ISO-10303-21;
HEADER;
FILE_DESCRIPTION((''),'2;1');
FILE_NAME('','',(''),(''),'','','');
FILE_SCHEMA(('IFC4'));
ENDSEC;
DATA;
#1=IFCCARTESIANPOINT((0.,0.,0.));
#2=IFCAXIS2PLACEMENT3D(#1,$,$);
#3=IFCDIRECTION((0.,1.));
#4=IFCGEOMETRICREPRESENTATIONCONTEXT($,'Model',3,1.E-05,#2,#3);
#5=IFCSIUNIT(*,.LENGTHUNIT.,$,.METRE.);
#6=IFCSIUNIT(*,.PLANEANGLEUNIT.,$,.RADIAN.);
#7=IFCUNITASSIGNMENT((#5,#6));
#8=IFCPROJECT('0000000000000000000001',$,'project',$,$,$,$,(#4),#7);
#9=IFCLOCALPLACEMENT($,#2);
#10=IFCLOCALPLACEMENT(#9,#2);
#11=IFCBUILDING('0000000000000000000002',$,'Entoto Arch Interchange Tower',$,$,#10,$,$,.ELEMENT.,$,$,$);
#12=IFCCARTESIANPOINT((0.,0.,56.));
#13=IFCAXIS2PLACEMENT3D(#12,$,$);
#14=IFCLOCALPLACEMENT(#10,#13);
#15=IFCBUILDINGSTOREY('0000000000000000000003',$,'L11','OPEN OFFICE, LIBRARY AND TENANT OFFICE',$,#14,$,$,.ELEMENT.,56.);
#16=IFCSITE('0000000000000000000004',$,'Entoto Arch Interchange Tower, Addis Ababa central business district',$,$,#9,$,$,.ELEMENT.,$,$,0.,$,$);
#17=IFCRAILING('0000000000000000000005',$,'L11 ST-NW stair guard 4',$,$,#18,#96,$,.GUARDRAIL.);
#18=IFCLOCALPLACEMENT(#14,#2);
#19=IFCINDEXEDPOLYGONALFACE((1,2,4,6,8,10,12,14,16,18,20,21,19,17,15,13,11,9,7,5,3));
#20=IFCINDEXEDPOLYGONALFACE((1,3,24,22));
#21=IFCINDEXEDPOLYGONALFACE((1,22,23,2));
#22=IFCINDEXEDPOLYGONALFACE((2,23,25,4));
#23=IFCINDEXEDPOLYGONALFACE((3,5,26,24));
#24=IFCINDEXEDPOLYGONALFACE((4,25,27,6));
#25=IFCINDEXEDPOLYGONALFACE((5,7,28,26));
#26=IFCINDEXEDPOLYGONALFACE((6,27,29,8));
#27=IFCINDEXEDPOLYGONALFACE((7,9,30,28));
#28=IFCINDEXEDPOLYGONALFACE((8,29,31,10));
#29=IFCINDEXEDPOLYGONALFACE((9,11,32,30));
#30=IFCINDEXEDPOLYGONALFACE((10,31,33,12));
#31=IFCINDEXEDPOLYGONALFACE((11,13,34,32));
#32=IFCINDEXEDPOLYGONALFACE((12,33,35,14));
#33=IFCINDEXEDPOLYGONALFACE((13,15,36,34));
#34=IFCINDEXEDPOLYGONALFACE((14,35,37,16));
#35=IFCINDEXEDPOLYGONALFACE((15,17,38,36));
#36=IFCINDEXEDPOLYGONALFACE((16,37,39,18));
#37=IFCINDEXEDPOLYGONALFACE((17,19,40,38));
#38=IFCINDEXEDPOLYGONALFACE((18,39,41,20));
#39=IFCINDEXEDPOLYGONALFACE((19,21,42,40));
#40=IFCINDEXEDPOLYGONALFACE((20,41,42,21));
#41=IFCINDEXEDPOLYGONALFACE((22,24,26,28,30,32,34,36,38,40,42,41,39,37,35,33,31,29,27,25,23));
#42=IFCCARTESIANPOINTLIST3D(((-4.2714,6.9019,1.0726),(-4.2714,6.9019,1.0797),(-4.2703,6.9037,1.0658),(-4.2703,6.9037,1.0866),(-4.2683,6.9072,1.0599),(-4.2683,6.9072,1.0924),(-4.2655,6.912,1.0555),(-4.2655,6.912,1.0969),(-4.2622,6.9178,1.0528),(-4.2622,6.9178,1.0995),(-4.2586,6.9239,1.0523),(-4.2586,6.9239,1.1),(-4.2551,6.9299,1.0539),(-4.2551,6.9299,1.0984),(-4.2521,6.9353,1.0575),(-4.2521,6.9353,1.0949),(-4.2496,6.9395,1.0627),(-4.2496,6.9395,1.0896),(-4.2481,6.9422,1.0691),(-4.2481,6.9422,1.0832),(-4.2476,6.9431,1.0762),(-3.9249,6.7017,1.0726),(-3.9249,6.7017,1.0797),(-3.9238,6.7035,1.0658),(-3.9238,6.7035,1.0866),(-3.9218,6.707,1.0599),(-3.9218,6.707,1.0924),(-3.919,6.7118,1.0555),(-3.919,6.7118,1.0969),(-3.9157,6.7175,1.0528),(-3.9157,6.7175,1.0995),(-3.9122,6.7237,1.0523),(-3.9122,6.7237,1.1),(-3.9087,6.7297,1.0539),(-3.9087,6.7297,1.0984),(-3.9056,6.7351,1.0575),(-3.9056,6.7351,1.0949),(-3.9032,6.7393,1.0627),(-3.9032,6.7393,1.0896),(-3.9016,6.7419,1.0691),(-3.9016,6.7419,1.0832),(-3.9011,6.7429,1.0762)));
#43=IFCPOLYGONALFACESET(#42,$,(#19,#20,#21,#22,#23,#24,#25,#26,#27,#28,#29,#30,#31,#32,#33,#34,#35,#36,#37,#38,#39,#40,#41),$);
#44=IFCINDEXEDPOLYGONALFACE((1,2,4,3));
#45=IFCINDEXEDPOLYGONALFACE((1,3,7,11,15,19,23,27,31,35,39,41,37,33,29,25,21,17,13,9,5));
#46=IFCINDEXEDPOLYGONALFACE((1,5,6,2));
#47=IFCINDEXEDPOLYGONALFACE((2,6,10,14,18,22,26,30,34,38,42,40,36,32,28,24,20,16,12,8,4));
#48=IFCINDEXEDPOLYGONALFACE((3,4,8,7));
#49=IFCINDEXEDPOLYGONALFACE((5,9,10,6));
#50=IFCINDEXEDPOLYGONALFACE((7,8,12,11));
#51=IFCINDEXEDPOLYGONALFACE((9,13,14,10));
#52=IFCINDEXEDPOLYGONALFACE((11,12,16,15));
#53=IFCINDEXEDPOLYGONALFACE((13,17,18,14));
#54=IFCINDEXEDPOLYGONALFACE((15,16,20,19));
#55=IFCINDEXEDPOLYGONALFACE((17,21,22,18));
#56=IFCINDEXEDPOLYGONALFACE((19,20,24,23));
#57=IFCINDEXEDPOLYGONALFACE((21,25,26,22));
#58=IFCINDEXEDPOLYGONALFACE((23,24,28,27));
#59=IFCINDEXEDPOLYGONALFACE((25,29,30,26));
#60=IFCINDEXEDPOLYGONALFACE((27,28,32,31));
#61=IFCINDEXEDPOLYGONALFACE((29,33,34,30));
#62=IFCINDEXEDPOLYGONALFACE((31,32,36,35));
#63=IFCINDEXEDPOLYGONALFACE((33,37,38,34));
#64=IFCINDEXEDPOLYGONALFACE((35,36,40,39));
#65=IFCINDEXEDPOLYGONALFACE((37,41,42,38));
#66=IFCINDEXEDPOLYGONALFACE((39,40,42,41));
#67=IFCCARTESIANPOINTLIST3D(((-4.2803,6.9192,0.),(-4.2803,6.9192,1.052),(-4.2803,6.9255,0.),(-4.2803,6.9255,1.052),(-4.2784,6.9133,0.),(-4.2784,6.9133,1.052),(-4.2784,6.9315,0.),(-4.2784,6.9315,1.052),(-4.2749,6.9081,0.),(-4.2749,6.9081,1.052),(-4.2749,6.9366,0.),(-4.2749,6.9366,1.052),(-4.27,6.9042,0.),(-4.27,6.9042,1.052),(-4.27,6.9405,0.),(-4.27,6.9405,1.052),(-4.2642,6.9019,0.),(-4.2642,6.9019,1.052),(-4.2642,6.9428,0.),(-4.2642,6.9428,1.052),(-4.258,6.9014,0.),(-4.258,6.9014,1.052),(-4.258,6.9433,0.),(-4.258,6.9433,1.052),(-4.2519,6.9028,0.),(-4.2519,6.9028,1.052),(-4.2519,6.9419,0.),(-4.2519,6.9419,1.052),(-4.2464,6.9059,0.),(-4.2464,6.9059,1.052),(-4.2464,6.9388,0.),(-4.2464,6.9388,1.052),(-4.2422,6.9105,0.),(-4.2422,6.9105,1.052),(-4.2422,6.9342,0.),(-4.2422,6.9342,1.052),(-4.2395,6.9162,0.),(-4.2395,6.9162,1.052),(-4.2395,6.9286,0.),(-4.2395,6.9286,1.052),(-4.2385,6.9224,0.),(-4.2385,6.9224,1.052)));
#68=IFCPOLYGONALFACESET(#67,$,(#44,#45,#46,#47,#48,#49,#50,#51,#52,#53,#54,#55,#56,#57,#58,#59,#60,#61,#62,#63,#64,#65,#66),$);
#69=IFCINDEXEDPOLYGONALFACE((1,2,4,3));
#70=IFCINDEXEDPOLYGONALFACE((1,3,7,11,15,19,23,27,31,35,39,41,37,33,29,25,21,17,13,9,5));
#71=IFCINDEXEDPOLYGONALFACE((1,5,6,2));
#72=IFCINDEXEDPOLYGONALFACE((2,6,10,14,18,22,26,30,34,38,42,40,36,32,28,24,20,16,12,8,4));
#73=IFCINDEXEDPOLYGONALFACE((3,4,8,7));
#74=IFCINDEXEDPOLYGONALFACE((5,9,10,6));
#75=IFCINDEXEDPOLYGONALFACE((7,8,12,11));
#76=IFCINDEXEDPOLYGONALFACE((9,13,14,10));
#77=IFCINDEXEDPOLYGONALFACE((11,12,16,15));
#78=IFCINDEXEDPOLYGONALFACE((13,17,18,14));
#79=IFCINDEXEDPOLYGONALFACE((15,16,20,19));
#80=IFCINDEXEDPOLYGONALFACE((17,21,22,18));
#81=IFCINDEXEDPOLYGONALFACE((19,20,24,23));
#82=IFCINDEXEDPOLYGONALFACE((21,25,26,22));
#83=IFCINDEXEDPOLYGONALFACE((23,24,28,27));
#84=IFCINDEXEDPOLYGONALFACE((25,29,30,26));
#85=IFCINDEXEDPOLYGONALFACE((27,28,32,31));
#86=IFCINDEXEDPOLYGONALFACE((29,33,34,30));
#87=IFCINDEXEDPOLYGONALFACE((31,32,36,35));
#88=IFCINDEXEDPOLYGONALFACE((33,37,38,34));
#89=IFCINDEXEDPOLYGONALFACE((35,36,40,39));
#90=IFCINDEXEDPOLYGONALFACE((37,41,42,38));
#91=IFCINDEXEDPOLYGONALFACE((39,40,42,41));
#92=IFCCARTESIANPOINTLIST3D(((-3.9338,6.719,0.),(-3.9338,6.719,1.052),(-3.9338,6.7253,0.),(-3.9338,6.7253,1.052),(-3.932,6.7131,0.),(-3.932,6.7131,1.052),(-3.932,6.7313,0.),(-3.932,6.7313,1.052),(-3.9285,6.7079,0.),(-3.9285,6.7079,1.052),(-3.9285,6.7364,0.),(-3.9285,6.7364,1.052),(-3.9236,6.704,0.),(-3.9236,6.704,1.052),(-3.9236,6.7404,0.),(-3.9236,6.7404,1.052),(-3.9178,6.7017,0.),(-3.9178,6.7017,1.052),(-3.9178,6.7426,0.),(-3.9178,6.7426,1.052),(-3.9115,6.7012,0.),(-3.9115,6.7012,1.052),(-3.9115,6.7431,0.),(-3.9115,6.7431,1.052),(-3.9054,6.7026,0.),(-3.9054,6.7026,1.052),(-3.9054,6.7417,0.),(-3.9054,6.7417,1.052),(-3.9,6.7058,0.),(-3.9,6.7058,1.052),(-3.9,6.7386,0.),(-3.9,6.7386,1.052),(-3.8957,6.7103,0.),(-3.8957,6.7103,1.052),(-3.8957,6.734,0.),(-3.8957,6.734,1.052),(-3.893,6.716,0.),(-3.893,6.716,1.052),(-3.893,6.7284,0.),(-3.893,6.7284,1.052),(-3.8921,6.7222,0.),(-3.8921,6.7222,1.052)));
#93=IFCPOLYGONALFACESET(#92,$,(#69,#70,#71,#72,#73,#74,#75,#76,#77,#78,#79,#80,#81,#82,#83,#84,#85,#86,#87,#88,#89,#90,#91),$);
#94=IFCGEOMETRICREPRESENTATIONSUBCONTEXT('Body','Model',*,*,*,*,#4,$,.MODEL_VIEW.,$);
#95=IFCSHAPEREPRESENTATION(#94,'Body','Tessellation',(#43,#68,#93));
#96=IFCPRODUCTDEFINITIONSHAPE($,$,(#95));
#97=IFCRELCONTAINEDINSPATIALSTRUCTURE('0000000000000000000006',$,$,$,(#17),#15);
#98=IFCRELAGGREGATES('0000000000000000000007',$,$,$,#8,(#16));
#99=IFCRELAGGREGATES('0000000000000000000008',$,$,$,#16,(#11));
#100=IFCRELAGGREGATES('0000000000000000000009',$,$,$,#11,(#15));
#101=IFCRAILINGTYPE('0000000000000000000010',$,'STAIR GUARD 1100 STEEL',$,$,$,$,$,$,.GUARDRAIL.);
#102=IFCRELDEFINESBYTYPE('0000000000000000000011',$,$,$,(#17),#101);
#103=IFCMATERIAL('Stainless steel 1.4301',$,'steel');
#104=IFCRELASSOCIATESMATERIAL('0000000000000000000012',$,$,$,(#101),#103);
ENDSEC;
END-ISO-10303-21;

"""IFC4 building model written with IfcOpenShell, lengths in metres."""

from ifc_helpers import new_model, si_unit, direction, frame, origin, origin_2d, place, context, subcontext, project, spatial, circle, extrude, material, type_object, element, save


model = new_model("IFC4")

# Units and contexts
model_context = context("Model", 3, precision=1e-05, world=origin(), true_north=direction((0.0, 1.0)))
body_context = subcontext(model_context, "Body", "Model", "MODEL_VIEW")
ifc_project = project(units=[si_unit("LENGTHUNIT", "METRE"), si_unit("PLANEANGLEUNIT", "RADIAN")], contexts=[model_context])

# Site, building, storey
site_placement = place(None, origin())
site = spatial("IfcSite", under=ifc_project, at=site_placement, Name="Entoto Arch Interchange Tower, Addis Ababa central business district", CompositionType="ELEMENT", RefElevation=0.0)
building_placement = place(site_placement, origin())
building = spatial("IfcBuilding", under=site, at=building_placement, Name="Entoto Arch Interchange Tower", CompositionType="ELEMENT")
storey_placement = place(building_placement, frame((0.0, 0.0, 56.0)))
storey = spatial("IfcBuildingStorey", under=building, at=storey_placement, Name="L11", Description="OPEN OFFICE, LIBRARY AND TENANT OFFICE", CompositionType="ELEMENT", Elevation=56.0)

# Railing
ifc_material_1 = material(Name="Stainless steel 1.4301", Category="steel")
railing_type_1 = type_object("IfcRailingType", Name="STAIR GUARD 1100 STEEL", PredefinedType="GUARDRAIL", material=ifc_material_1)
railing_1_placement = place(storey_placement, frame((-4.2595, 6.9224, 0.0)))
element("IfcRailing", 1, at=railing_1_placement, inside=storey, type_object=railing_type_1, Name="L11 ST-NW stair guard 4", PredefinedType="GUARDRAIL", context=body_context, shape_type="SweptSolid", body=[
    extrude(circle(Radius=0.0239, at=origin_2d()), frame((0.0, 0.0, 1.0762), z_axis=(0.86583, -0.500339, 0.0), x_axis=(0.500339, 0.86583, 0.0)), (0.0, 0.0, 1.0), 0.4001),
    extrude(circle(Radius=0.021, at=origin_2d()), origin(), (0.0, 0.0, 1.0), 1.052),
    extrude(circle(Radius=0.021, at=origin_2d()), frame((0.3464, -0.2002, 0.0)), (0.0, 0.0, 1.0), 1.052),
])

save(model, "model.ifc")
